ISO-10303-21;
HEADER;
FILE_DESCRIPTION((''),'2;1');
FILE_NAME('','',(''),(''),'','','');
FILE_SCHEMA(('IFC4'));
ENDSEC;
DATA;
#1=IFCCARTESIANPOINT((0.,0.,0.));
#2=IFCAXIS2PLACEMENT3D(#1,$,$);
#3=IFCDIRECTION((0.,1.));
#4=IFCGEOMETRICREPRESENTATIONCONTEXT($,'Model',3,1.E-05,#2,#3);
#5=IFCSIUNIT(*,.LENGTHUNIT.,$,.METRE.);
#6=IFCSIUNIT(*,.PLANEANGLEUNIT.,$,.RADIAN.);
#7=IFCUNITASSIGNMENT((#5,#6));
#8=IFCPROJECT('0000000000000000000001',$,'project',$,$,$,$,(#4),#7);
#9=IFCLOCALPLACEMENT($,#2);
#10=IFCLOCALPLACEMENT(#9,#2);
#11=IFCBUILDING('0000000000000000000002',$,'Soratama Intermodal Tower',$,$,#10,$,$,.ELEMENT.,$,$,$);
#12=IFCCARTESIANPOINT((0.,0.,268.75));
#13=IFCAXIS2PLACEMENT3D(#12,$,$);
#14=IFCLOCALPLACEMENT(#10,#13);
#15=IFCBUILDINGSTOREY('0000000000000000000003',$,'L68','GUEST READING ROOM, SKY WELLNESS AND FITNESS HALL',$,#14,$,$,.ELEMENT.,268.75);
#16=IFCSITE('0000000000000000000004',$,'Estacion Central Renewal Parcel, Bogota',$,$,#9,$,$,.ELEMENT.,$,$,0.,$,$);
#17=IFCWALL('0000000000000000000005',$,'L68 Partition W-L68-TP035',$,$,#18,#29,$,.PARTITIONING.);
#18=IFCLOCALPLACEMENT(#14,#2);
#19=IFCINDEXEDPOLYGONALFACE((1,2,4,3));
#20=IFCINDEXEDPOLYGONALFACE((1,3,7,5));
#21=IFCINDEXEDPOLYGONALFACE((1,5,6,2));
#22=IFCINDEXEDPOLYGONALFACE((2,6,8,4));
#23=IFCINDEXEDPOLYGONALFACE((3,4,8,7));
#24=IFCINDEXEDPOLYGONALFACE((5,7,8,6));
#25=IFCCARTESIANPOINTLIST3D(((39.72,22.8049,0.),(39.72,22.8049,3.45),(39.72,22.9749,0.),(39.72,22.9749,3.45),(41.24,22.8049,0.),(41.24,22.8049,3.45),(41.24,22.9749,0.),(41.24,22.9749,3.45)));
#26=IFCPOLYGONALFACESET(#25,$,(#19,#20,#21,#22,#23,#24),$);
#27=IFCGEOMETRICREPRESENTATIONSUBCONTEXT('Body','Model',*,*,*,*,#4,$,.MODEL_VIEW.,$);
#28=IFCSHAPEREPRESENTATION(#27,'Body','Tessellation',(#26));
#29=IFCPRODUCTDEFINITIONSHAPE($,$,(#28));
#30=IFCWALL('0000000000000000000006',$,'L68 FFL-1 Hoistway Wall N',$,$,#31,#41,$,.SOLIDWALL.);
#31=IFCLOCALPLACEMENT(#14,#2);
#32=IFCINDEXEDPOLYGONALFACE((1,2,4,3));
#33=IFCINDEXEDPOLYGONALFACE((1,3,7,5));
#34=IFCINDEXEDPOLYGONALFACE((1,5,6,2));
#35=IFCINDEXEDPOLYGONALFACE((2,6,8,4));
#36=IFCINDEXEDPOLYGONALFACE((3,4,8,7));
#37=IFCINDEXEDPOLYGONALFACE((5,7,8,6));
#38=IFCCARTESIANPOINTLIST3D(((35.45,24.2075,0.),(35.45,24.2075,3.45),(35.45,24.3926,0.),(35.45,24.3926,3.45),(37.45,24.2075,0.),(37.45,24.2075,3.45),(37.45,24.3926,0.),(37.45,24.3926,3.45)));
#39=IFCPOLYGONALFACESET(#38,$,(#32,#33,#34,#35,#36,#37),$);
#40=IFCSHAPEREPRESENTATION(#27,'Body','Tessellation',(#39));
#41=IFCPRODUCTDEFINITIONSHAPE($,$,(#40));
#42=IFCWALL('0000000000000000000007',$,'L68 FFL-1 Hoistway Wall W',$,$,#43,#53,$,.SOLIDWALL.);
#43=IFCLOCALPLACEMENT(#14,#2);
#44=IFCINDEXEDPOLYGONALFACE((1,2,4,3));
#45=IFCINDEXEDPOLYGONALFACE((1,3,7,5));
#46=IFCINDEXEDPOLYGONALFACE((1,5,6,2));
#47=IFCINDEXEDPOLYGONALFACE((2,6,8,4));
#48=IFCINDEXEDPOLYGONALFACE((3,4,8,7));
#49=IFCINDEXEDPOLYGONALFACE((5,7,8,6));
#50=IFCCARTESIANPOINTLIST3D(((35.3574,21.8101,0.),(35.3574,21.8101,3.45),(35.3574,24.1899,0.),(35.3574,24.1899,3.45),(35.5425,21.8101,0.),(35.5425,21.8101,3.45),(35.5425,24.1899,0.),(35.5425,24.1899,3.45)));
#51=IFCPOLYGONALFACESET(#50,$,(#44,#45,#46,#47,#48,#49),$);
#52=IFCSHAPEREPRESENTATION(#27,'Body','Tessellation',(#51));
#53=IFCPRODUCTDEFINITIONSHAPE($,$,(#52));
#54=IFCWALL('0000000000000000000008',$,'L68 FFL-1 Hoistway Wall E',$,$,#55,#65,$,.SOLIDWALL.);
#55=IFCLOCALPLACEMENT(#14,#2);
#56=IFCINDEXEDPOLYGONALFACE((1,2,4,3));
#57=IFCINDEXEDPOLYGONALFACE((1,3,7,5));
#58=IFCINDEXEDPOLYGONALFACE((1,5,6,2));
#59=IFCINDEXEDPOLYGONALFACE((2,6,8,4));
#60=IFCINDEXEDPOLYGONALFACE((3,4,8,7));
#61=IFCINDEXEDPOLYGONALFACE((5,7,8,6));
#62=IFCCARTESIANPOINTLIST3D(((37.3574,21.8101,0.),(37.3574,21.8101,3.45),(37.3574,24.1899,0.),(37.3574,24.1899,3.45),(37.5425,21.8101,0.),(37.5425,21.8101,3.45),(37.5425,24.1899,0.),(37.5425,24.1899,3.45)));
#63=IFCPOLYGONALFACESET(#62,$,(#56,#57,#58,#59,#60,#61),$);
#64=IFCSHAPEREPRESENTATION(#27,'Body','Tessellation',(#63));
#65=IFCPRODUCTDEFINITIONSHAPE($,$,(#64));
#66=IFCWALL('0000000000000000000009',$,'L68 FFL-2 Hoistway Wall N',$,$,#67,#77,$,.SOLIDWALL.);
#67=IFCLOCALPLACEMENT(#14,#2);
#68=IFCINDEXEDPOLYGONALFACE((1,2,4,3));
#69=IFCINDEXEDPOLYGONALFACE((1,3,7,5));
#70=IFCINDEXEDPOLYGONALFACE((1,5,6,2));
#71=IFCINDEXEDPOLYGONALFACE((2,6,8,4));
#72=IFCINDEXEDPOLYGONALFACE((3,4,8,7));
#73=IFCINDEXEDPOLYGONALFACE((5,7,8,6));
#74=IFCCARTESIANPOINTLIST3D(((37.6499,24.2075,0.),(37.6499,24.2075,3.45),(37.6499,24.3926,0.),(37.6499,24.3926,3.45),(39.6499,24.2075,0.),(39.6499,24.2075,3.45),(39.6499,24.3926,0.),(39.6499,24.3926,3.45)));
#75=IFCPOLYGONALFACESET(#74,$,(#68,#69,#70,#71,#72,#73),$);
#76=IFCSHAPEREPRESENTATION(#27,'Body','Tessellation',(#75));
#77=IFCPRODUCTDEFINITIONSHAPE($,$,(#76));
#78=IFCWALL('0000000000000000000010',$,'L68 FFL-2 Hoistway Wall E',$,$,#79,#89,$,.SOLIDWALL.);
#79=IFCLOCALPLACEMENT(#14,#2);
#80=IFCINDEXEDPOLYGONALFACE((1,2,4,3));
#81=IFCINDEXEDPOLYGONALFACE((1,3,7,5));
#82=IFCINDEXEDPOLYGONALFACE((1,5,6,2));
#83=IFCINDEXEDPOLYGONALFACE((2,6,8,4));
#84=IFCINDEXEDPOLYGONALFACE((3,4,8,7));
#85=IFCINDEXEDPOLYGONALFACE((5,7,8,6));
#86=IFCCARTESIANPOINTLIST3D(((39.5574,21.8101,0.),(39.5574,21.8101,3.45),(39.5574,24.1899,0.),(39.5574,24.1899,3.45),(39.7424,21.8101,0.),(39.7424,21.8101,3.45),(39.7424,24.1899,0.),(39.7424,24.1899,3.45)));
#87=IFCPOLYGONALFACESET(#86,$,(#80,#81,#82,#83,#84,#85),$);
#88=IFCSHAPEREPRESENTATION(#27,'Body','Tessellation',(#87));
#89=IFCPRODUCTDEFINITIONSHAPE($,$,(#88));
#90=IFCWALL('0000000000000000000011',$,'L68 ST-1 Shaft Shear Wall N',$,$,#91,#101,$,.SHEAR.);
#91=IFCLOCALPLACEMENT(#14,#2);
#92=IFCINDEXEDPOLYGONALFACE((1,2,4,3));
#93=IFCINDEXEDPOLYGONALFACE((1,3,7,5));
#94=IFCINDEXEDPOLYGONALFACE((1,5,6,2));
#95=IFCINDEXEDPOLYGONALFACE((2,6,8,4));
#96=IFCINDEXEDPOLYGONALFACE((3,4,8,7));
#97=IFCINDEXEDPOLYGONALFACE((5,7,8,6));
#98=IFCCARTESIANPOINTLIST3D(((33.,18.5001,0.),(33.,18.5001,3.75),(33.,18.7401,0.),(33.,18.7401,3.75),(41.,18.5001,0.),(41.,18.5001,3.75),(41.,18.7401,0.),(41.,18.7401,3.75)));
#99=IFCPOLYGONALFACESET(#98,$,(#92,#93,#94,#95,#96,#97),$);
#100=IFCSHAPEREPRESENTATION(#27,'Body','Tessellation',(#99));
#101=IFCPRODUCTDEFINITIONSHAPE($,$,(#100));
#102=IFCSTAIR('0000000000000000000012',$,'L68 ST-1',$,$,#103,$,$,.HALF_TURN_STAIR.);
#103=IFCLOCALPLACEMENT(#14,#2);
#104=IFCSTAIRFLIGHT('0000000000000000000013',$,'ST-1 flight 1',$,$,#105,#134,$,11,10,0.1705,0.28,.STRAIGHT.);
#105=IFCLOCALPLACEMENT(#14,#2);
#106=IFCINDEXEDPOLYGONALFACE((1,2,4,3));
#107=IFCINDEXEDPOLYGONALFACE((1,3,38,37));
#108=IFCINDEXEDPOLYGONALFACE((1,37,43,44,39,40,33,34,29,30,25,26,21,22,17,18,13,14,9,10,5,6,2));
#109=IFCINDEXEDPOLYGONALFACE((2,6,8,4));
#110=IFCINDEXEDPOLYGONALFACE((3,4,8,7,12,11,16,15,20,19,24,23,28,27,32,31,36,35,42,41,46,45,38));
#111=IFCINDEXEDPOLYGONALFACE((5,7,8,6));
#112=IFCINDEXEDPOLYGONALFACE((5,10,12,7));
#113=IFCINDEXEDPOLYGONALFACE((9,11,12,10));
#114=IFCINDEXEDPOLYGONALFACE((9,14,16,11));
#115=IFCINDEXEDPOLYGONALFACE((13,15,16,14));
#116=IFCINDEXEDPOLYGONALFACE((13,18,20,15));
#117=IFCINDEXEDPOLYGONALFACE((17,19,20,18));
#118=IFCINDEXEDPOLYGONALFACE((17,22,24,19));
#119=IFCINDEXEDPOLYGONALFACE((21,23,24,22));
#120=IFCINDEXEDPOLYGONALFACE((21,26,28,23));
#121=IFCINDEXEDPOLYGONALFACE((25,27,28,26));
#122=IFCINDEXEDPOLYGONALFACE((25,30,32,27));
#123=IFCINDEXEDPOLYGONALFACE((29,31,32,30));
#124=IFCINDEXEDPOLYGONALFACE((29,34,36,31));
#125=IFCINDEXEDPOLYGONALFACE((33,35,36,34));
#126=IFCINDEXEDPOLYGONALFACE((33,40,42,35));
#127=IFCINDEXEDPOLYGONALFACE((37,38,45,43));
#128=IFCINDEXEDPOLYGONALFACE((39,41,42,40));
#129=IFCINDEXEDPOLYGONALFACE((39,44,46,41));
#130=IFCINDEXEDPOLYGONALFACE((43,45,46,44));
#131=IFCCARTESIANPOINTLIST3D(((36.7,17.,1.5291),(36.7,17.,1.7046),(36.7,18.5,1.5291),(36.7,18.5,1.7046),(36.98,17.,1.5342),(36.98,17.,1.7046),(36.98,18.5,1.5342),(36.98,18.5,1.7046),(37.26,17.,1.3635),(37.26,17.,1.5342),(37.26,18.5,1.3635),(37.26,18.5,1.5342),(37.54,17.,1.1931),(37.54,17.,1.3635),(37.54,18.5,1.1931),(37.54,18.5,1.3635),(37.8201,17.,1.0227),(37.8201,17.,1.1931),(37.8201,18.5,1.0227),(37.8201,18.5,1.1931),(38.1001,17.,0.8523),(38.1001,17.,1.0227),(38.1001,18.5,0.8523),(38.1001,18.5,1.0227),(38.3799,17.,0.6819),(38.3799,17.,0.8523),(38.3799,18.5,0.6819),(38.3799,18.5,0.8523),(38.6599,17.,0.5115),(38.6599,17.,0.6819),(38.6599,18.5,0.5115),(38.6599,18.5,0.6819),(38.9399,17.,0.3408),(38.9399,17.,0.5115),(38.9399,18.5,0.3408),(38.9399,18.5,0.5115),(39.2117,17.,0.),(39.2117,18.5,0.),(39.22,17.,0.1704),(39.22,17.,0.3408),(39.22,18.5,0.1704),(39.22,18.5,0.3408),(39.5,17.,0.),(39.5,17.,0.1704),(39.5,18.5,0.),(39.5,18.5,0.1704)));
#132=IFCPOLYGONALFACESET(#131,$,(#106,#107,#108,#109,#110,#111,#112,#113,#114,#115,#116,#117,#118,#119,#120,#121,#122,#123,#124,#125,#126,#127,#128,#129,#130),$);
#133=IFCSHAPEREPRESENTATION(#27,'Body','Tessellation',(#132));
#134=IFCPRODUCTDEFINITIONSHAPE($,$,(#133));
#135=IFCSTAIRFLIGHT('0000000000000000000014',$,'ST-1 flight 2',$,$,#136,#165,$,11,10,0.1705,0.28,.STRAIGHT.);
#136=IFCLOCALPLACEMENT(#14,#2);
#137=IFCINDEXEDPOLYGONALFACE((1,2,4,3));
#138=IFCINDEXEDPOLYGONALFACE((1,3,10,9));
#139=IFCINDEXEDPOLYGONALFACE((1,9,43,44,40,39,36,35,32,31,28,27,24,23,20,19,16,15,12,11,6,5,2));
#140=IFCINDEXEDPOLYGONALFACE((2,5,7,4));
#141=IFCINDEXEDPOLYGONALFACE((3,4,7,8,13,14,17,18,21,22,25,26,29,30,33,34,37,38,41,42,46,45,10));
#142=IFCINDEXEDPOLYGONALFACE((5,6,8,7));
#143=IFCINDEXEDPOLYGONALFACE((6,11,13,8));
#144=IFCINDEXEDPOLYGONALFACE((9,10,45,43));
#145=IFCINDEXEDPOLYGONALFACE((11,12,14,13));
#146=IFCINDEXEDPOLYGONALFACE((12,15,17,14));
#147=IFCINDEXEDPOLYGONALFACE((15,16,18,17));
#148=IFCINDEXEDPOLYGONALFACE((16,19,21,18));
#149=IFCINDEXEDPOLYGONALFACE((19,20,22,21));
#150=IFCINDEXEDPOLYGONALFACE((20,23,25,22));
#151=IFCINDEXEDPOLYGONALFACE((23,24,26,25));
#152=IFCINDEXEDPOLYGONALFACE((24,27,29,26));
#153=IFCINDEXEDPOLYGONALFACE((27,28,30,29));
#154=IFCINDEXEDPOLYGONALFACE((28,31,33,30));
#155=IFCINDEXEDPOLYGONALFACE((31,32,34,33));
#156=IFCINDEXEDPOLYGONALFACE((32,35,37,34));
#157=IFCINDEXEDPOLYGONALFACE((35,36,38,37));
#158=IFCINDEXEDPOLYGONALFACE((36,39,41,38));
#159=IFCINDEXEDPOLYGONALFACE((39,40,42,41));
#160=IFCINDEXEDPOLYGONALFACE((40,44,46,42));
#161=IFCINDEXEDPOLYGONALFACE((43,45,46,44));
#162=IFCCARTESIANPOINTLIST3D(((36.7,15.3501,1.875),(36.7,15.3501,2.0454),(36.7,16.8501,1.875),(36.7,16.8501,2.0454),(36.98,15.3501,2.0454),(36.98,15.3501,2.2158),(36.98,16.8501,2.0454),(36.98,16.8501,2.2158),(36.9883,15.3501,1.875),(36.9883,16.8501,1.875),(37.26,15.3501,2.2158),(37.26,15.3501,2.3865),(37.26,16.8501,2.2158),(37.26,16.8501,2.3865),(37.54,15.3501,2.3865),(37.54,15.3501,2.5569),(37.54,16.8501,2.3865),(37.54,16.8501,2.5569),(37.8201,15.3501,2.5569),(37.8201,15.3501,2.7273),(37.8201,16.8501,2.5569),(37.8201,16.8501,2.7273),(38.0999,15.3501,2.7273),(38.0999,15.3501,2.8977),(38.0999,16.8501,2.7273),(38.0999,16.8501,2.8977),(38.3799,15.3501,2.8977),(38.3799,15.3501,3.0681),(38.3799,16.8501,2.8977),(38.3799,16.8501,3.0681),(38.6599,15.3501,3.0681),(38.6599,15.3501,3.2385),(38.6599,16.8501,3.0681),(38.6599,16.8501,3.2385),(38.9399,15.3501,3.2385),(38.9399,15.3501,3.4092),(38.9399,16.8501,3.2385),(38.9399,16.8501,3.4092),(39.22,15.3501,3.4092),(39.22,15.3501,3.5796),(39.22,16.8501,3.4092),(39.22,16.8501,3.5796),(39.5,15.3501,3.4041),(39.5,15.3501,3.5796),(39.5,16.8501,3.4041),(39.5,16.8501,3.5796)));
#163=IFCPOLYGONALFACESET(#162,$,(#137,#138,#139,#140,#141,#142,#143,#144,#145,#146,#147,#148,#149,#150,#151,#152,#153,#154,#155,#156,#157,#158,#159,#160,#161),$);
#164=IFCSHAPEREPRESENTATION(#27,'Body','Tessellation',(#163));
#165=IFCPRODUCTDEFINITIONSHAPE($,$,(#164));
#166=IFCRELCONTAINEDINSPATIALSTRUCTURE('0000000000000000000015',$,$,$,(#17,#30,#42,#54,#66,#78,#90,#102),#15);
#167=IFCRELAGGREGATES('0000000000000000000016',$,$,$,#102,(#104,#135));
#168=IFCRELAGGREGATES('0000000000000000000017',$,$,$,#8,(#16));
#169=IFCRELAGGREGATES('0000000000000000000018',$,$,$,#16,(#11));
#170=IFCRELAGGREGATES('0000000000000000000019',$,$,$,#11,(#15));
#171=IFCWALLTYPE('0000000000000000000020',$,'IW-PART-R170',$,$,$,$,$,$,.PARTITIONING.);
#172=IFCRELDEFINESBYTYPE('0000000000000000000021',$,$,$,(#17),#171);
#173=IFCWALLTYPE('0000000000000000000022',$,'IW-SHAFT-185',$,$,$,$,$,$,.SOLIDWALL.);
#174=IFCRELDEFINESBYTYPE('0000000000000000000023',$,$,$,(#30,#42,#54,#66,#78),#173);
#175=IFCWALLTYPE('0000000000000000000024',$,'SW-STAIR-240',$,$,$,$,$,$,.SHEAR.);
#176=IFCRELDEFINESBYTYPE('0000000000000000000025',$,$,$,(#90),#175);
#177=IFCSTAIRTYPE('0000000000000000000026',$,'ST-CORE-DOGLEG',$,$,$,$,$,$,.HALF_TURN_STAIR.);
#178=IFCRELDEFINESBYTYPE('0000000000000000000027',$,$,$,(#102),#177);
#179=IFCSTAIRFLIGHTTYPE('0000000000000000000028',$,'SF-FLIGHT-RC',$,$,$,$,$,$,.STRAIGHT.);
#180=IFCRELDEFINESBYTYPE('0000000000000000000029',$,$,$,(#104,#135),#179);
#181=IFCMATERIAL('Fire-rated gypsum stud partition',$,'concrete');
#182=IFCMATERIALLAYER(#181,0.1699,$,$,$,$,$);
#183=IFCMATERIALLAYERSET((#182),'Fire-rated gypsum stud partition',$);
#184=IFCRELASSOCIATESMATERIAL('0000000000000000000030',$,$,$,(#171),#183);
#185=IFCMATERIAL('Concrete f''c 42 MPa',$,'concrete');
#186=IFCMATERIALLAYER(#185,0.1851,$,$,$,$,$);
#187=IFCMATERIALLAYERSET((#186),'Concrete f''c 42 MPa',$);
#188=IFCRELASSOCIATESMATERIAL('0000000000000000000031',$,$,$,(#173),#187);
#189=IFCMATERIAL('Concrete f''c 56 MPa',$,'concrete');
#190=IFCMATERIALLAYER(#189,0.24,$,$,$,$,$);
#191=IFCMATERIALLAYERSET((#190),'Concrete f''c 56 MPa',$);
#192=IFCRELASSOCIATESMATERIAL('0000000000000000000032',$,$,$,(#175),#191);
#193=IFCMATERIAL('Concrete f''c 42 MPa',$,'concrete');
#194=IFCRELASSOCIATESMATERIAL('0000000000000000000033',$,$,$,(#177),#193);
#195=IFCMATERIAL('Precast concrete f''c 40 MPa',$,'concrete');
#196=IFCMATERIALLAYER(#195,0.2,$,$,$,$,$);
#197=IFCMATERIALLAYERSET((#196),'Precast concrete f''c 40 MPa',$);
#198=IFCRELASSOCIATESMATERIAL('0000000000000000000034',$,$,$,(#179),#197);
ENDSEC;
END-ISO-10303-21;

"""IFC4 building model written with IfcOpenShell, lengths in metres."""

from ifc_helpers import new_model, si_unit, direction, frame, frame_2d, origin, place, context, subcontext, project, spatial, polyline, rectangle, outline, extrude, material, layer, layer_set, type_object, element, aggregate, save


model = new_model("IFC4")

# Units and contexts
model_context = context("Model", 3, precision=1e-05, world=origin(), true_north=direction((0.0, 1.0)))
body_context = subcontext(model_context, "Body", "Model", "MODEL_VIEW")
ifc_project = project(units=[si_unit("LENGTHUNIT", "METRE"), si_unit("PLANEANGLEUNIT", "RADIAN")], contexts=[model_context])

# Site, building, storey
site_placement = place(None, origin())
site = spatial("IfcSite", under=ifc_project, at=site_placement, Name="Estacion Central Renewal Parcel, Bogota", CompositionType="ELEMENT", RefElevation=0.0)
building_placement = place(site_placement, origin())
building = spatial("IfcBuilding", under=site, at=building_placement, Name="Soratama Intermodal Tower", CompositionType="ELEMENT")
storey_placement = place(building_placement, frame((0.0, 0.0, 268.75)))
storey = spatial("IfcBuildingStorey", under=building, at=storey_placement, Name="L68", Description="GUEST READING ROOM, SKY WELLNESS AND FITNESS HALL", CompositionType="ELEMENT", Elevation=268.75)

# Wall
ifc_material_1 = material(Name="Fire-rated gypsum stud partition", Category="concrete")
ifc_layer_1 = layer(ifc_material_1, 0.1699)
ifc_layer_set_1 = layer_set([ifc_layer_1], Name="Fire-rated gypsum stud partition")
wall_type_1 = type_object("IfcWallType", Name="IW-PART-R170", PredefinedType="PARTITIONING", material=ifc_layer_set_1)
wall_1_placement = place(storey_placement, frame((39.72, 22.8899, 0.0), z_axis=(0.0, 0.0, 1.0), x_axis=(1.0, 0.0, 0.0)))
element("IfcWall", 1, at=wall_1_placement, inside=storey, type_object=wall_type_1, Name="L68 Partition W-L68-TP035", PredefinedType="PARTITIONING", context=body_context, shape_type="SweptSolid", body=[
    extrude(rectangle(XDim=1.52, YDim=0.1699, at=frame_2d((0.76, 0.0))), origin(), (0.0, 0.0, 1.0), 3.45),
])

# Shared definitions
ifc_material_2 = material(Name="Concrete f'c 42 MPa", Category="concrete")
ifc_layer_2 = layer(ifc_material_2, 0.1851)
ifc_layer_set_2 = layer_set([ifc_layer_2], Name="Concrete f'c 42 MPa")
wall_type_2 = type_object("IfcWallType", Name="IW-SHAFT-185", PredefinedType="SOLIDWALL", material=ifc_layer_set_2)

# Walls
wall_2_placement = place(storey_placement, frame((35.45, 24.3, 0.0), z_axis=(0.0, 0.0, 1.0), x_axis=(1.0, 0.0, 0.0)))
element("IfcWall", 2, at=wall_2_placement, inside=storey, type_object=wall_type_2, Name="L68 FFL-1 Hoistway Wall N", PredefinedType="SOLIDWALL", context=body_context, shape_type="SweptSolid", body=[
    extrude(rectangle(XDim=2.0, YDim=0.1851, at=frame_2d((1.0, 0.0))), origin(), (0.0, 0.0, 1.0), 3.45),
])
for number, where, z_axis, x_axis, name in (
    (3, (35.45, 21.8101, 0.0), (0.0, 0.0, 1.0), (0.0, 1.0, 0.0), "L68 FFL-1 Hoistway Wall W"),
    (4, (37.45, 21.8101, 0.0), (0.0, 0.0, 1.0), (0.0, 1.0, 0.0), "L68 FFL-1 Hoistway Wall E"),
):
    element("IfcWall", number, at=place(storey_placement, frame(where, z_axis=z_axis, x_axis=x_axis)), inside=storey, type_object=wall_type_2, Name=name, PredefinedType="SOLIDWALL", context=body_context, shape_type="SweptSolid", body=[
        extrude(rectangle(XDim=2.3799, YDim=0.1851, at=frame_2d((1.1899, 0.0))), origin(), (0.0, 0.0, 1.0), 3.45),
    ])

# Walls
wall_3_placement = place(storey_placement, frame((37.6499, 24.3, 0.0), z_axis=(0.0, 0.0, 1.0), x_axis=(1.0, 0.0, 0.0)))
element("IfcWall", 5, at=wall_3_placement, inside=storey, type_object=wall_type_2, Name="L68 FFL-2 Hoistway Wall N", PredefinedType="SOLIDWALL", context=body_context, shape_type="SweptSolid", body=[
    extrude(rectangle(XDim=2.0, YDim=0.1851, at=frame_2d((1.0, 0.0))), origin(), (0.0, 0.0, 1.0), 3.45),
])
wall_4_placement = place(storey_placement, frame((39.6499, 21.8101, 0.0), z_axis=(0.0, 0.0, 1.0), x_axis=(0.0, 1.0, 0.0)))
element("IfcWall", 6, at=wall_4_placement, inside=storey, type_object=wall_type_2, Name="L68 FFL-2 Hoistway Wall E", PredefinedType="SOLIDWALL", context=body_context, shape_type="SweptSolid", body=[
    extrude(rectangle(XDim=2.3799, YDim=0.1851, at=frame_2d((1.1899, 0.0))), origin(), (0.0, 0.0, 1.0), 3.45),
])

# Wall
ifc_material_3 = material(Name="Concrete f'c 56 MPa", Category="concrete")
ifc_layer_3 = layer(ifc_material_3, 0.24)
ifc_layer_set_3 = layer_set([ifc_layer_3], Name="Concrete f'c 56 MPa")
wall_type_3 = type_object("IfcWallType", Name="SW-STAIR-240", PredefinedType="SHEAR", material=ifc_layer_set_3)
wall_5_placement = place(storey_placement, frame((33.0, 18.6201, 0.0), z_axis=(0.0, 0.0, 1.0), x_axis=(1.0, 0.0, 0.0)))
element("IfcWall", 7, at=wall_5_placement, inside=storey, type_object=wall_type_3, Name="L68 ST-1 Shaft Shear Wall N", PredefinedType="SHEAR", context=body_context, shape_type="SweptSolid", body=[
    extrude(rectangle(XDim=8.0, YDim=0.24, at=frame_2d((4.0, 0.0))), origin(), (0.0, 0.0, 1.0), 3.75),
])

# Stair, stair flights
ifc_material_4 = material(Name="Concrete f'c 42 MPa", Category="concrete")
stair_type = type_object("IfcStairType", Name="ST-CORE-DOGLEG", PredefinedType="HALF_TURN_STAIR", material=ifc_material_4)
stair_placement = place(storey_placement, origin())
stair = element("IfcStair", 8, at=stair_placement, inside=storey, type_object=stair_type, Name="L68 ST-1", PredefinedType="HALF_TURN_STAIR")
ifc_material_5 = material(Name="Precast concrete f'c 40 MPa", Category="concrete")
ifc_layer_4 = layer(ifc_material_5, 0.2)
ifc_layer_set_4 = layer_set([ifc_layer_4], Name="Precast concrete f'c 40 MPa")
stair_flight_type = type_object("IfcStairFlightType", Name="SF-FLIGHT-RC", PredefinedType="STRAIGHT", material=ifc_layer_set_4)
stair_flight_1_placement = place(storey_placement, frame((39.5, 17.75, 0.0), z_axis=(0.0, 0.0, 1.0), x_axis=(-1.0, 0.0, 0.0)))
stair_flight_1 = element("IfcStairFlight", 9, at=stair_flight_1_placement, type_object=stair_flight_type, Name="ST-1 flight 1", NumberOfRisers=11, NumberOfTreads=10, PredefinedType="STRAIGHT", RiserHeight=0.1705, TreadLength=0.28, context=body_context, shape_type="SweptSolid", body=[
    extrude(outline(polyline([(0.0, 0.0), (0.0, 0.1704), (0.28, 0.1704), (0.28, 0.3408), (0.5601, 0.3408), (0.5601, 0.5115), (0.8401, 0.5115), (0.8401, 0.6819), (1.1201, 0.6819), (1.1201, 0.8523), (1.3999, 0.8523), (1.3999, 1.0227), (1.6799, 1.0227), (1.6799, 1.1931), (1.96, 1.1931), (1.96, 1.3635), (2.24, 1.3635), (2.24, 1.5342), (2.52, 1.5342), (2.52, 1.7046), (2.8, 1.7046), (2.8, 1.875), (2.8, 1.5291), (0.2883, 0.0), (0.0, 0.0)])), frame((0.0, 0.75, 0.0), z_axis=(0.0, -1.0, 0.0), x_axis=(1.0, 0.0, 0.0)), (0.0, 0.0, 1.0), 1.5),
])
stair_flight_2_placement = place(storey_placement, frame((36.7, 16.1001, 1.875), z_axis=(0.0, 0.0, 1.0), x_axis=(1.0, 0.0, 0.0)))
stair_flight_2 = element("IfcStairFlight", 10, at=stair_flight_2_placement, type_object=stair_flight_type, Name="ST-1 flight 2", NumberOfRisers=11, NumberOfTreads=10, PredefinedType="STRAIGHT", RiserHeight=0.1705, TreadLength=0.28, context=body_context, shape_type="SweptSolid", body=[
    extrude(outline(polyline([(0.0, 0.0), (0.0, 0.1704), (0.28, 0.1704), (0.28, 0.3408), (0.5601, 0.3408), (0.5601, 0.5115), (0.8401, 0.5115), (0.8401, 0.6819), (1.1201, 0.6819), (1.1201, 0.8523), (1.3999, 0.8523), (1.3999, 1.0227), (1.6799, 1.0227), (1.6799, 1.1931), (1.96, 1.1931), (1.96, 1.3635), (2.24, 1.3635), (2.24, 1.5342), (2.52, 1.5342), (2.52, 1.7046), (2.8, 1.7046), (2.8, 1.875), (2.8, 1.5291), (0.2883, 0.0), (0.0, 0.0)])), frame((0.0, 0.75, 0.0), z_axis=(0.0, -1.0, 0.0), x_axis=(1.0, 0.0, 0.0)), (0.0, 0.0, 1.0), 1.5),
])
aggregate(stair, [stair_flight_1, stair_flight_2])

save(model, "model.ifc")
